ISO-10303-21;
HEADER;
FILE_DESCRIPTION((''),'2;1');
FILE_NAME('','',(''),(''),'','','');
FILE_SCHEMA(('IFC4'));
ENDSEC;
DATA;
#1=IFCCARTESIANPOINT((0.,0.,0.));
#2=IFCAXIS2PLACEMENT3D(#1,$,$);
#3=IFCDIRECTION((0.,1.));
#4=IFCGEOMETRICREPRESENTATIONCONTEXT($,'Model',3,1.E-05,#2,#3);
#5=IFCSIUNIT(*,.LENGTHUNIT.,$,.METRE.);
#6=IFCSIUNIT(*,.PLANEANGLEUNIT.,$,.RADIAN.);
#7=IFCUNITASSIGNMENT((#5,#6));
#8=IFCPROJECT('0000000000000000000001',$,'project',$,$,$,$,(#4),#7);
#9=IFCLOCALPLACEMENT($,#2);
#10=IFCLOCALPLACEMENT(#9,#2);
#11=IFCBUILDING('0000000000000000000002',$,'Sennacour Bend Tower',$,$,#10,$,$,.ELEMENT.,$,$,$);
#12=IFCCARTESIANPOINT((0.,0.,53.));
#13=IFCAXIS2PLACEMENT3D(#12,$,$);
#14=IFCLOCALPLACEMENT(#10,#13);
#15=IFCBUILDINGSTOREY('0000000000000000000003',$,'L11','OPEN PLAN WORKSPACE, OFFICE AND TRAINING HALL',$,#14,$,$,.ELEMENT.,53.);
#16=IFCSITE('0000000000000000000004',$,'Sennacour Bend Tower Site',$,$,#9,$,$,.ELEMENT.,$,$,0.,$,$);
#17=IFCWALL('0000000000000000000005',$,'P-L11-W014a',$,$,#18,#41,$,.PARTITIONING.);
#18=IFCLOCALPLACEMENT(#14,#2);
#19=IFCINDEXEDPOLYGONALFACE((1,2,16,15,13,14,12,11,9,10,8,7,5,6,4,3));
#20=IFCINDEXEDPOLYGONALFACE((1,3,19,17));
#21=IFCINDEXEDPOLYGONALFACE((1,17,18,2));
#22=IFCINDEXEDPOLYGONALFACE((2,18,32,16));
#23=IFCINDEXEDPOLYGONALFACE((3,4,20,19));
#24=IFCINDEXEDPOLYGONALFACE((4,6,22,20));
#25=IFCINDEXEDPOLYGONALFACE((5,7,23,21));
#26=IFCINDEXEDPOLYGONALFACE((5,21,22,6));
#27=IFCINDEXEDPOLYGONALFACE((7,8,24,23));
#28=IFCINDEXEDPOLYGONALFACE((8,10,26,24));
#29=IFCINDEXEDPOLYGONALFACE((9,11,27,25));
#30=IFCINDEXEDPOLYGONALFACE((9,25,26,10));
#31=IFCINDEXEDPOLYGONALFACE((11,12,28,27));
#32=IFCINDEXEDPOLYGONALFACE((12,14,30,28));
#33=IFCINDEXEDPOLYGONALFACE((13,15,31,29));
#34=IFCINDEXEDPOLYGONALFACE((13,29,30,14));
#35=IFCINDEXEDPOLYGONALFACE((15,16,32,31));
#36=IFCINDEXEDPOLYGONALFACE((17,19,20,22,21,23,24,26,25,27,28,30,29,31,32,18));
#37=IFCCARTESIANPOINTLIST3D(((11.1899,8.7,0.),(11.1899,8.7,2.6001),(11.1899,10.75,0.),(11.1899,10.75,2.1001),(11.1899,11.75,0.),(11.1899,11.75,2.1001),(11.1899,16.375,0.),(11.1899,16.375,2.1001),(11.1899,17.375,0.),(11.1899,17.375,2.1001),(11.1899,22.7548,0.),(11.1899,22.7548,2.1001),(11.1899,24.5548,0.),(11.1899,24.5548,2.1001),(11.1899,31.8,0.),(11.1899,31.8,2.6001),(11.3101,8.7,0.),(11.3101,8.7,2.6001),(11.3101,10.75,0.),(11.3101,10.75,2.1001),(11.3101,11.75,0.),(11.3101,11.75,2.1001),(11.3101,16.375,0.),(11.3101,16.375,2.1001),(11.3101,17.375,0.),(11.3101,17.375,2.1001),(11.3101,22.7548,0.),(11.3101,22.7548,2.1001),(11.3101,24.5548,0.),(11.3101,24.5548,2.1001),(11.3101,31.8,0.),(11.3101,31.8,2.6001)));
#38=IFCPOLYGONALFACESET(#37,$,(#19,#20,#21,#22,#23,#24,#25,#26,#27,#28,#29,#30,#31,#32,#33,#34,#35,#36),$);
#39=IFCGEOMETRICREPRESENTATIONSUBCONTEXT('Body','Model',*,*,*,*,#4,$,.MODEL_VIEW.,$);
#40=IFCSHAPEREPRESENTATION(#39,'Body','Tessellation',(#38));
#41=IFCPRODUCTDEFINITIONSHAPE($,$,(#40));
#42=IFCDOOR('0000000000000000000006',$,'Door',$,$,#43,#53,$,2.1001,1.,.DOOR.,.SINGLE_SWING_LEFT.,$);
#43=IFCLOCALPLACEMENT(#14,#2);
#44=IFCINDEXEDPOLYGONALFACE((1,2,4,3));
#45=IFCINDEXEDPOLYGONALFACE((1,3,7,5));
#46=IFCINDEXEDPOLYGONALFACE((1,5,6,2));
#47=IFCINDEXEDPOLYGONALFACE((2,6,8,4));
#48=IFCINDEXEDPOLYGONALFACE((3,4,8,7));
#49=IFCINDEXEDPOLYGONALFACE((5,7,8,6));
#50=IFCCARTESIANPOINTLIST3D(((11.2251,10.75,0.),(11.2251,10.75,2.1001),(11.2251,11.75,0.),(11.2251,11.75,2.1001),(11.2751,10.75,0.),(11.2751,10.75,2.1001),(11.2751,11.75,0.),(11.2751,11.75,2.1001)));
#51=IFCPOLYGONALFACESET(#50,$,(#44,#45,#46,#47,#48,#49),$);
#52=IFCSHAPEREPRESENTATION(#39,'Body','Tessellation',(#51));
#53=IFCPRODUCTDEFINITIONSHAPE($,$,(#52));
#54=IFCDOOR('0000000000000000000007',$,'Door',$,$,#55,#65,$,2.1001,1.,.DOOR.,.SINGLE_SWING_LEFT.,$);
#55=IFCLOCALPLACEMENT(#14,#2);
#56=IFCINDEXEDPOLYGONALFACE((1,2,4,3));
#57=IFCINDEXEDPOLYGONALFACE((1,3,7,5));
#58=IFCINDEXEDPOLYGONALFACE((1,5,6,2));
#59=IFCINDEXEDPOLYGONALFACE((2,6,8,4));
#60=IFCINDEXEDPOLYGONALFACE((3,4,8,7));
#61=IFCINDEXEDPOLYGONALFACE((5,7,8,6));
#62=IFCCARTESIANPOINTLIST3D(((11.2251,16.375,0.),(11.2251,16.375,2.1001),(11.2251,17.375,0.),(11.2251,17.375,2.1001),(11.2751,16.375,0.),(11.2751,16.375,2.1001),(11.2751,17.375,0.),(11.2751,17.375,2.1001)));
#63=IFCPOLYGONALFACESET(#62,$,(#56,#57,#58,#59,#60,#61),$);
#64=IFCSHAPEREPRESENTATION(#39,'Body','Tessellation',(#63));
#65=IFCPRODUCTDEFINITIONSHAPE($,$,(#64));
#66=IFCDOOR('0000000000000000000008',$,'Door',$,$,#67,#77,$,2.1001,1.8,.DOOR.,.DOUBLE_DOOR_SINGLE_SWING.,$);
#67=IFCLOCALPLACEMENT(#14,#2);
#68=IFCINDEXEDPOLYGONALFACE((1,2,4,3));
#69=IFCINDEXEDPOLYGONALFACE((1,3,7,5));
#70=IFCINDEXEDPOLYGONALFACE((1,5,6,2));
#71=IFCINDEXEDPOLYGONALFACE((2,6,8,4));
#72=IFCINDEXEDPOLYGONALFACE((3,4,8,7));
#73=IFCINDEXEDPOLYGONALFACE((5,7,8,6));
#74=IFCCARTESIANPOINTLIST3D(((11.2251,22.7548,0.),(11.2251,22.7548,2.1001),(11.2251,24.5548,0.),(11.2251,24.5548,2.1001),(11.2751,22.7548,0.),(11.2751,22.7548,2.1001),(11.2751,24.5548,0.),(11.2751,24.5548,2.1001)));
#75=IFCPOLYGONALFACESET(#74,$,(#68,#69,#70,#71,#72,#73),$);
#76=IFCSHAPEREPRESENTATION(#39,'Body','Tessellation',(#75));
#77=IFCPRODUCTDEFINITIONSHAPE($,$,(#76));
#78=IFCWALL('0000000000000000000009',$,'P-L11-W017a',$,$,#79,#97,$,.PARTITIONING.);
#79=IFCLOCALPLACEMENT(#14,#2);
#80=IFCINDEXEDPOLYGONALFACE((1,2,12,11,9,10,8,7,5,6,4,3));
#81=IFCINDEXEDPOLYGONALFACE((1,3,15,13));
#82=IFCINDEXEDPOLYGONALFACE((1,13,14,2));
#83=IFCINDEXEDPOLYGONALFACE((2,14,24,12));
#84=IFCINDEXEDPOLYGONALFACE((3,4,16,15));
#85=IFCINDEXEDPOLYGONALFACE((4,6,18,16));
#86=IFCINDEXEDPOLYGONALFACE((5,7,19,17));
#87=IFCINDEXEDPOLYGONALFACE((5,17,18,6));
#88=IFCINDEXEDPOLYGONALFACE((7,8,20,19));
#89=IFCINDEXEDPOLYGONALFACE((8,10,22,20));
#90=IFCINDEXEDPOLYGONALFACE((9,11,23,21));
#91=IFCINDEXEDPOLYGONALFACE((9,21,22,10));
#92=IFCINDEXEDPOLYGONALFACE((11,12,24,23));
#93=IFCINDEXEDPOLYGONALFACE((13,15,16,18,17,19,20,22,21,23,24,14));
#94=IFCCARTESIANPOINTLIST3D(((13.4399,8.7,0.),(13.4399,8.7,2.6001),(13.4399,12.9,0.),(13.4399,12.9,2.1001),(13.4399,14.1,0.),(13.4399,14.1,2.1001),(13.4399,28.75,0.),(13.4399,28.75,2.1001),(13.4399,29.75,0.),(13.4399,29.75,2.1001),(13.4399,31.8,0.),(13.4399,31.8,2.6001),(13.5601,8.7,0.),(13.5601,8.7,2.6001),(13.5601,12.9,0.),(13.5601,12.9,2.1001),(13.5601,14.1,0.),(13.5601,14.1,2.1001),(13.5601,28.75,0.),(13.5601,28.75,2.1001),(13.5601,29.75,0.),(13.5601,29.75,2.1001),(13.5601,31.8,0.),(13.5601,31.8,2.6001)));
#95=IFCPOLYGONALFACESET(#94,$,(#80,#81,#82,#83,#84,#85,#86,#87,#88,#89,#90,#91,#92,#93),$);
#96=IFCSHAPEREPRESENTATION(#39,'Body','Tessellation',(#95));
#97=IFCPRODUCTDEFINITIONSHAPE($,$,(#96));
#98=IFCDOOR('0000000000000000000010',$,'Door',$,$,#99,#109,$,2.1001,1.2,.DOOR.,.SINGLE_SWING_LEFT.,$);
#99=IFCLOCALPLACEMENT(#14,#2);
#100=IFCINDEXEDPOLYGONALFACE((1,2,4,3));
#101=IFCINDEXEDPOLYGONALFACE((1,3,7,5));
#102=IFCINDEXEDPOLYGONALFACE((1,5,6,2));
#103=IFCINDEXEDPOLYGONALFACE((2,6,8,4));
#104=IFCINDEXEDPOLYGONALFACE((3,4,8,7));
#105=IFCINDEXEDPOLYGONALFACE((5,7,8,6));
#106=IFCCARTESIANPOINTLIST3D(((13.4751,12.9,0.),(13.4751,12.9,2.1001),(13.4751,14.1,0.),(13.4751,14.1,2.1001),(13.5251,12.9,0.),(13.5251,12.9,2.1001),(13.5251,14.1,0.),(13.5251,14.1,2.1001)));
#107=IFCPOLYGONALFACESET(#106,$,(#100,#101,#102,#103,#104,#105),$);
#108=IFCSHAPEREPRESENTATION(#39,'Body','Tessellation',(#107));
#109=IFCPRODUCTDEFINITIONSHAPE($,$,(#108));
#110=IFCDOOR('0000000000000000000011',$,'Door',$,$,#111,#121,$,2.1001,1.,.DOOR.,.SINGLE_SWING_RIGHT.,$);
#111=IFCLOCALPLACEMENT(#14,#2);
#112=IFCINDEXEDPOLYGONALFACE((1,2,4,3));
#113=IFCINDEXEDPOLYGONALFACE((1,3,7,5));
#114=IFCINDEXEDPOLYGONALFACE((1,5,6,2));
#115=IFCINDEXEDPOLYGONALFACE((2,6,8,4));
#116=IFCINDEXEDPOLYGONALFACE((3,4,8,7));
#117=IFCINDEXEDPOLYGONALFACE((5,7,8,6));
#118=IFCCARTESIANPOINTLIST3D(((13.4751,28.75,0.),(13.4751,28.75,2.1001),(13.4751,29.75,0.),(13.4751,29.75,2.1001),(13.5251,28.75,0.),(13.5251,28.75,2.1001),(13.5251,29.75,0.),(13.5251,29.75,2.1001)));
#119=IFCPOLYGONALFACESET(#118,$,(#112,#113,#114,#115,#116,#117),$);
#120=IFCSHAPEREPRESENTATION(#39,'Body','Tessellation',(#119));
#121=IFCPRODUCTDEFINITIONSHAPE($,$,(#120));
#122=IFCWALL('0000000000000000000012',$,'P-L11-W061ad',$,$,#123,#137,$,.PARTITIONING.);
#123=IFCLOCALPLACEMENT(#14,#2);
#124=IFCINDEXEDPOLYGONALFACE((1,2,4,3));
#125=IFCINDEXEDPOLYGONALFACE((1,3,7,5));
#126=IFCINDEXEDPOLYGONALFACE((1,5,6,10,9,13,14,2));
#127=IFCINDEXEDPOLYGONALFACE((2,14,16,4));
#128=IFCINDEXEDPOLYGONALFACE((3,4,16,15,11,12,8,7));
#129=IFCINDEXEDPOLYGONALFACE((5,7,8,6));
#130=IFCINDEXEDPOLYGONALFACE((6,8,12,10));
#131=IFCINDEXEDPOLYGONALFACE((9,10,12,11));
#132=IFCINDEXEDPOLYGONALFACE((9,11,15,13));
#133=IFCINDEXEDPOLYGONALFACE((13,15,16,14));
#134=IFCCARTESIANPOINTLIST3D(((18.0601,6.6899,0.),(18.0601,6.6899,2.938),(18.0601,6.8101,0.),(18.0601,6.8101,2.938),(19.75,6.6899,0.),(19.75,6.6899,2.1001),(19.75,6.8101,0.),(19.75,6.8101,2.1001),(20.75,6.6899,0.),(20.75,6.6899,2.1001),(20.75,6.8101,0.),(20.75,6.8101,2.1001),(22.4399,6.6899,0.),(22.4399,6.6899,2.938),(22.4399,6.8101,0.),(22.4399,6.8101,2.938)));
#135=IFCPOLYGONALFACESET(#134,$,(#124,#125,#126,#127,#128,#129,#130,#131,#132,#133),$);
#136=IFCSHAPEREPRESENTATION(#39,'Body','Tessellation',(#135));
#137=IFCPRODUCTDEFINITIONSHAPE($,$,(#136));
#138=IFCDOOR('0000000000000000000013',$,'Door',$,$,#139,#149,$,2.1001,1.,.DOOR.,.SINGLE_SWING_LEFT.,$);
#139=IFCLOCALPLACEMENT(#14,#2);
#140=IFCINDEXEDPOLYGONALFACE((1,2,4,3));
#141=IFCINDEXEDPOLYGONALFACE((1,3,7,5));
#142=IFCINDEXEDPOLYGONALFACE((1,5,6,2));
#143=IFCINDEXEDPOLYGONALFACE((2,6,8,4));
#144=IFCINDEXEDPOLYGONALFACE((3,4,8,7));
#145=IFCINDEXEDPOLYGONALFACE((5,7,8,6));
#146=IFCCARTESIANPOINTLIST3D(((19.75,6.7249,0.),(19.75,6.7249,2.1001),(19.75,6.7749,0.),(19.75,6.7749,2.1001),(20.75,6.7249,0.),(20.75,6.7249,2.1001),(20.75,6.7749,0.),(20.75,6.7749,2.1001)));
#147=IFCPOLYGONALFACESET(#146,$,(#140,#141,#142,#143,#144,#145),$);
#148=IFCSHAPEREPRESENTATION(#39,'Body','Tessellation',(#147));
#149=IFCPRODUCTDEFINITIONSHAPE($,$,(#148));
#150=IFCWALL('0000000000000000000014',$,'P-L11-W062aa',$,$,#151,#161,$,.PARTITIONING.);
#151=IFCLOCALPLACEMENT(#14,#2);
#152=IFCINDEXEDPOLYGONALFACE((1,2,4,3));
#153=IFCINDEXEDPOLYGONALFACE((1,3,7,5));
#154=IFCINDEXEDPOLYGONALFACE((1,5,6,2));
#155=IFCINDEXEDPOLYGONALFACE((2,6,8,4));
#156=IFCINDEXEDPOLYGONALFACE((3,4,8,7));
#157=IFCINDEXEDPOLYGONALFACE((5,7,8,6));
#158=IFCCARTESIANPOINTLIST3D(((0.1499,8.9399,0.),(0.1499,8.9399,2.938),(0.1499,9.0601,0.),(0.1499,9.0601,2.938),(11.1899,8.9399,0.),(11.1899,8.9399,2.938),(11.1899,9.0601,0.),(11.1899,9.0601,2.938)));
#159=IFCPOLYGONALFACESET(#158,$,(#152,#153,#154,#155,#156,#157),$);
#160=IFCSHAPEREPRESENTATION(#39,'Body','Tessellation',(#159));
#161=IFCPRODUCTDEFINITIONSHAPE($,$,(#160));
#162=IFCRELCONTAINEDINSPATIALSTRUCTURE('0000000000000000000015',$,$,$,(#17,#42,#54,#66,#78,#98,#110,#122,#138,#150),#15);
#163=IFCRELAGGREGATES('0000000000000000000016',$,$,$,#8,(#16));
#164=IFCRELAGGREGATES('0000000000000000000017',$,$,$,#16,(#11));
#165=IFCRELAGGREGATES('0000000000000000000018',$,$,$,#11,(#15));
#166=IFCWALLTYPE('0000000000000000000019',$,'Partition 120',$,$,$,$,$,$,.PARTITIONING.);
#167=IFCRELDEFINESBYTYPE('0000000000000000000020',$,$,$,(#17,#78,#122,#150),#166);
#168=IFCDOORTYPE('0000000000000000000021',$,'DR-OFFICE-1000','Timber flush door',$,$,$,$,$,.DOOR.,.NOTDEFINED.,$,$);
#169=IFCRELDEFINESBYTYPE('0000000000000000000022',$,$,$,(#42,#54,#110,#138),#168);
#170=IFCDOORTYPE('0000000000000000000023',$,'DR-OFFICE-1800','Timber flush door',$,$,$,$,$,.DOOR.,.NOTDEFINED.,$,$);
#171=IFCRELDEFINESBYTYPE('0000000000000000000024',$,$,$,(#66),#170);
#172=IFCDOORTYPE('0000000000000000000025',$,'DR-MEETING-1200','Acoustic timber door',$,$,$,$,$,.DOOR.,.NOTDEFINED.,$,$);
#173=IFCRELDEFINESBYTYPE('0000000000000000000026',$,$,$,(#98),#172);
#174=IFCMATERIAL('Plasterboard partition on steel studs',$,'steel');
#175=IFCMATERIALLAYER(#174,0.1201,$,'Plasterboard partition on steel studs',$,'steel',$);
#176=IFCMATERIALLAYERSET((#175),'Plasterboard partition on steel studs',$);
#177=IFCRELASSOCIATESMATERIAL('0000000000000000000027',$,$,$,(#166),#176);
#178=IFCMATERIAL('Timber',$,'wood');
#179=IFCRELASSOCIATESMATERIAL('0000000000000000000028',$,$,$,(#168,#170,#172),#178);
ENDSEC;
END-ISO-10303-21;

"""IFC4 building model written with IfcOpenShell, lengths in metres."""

from ifc_helpers import new_model, si_unit, direction, frame, frame_2d, origin, place, context, subcontext, project, spatial, rectangle, extrude, material, layer, layer_set, type_object, element, fill, save


model = new_model("IFC4")

# Units and contexts
model_context = context("Model", 3, precision=1e-05, world=origin(), true_north=direction((0.0, 1.0)))
body_context = subcontext(model_context, "Body", "Model", "MODEL_VIEW")
ifc_project = project(units=[si_unit("LENGTHUNIT", "METRE"), si_unit("PLANEANGLEUNIT", "RADIAN")], contexts=[model_context])

# Site, building, storey
site_placement = place(None, origin())
site = spatial("IfcSite", under=ifc_project, at=site_placement, Name="Sennacour Bend Tower Site", CompositionType="ELEMENT", RefElevation=0.0)
building_placement = place(site_placement, origin())
building = spatial("IfcBuilding", under=site, at=building_placement, Name="Sennacour Bend Tower", CompositionType="ELEMENT")
storey_placement = place(building_placement, frame((0.0, 0.0, 53.0)))
storey = spatial("IfcBuildingStorey", under=building, at=storey_placement, Name="L11", Description="OPEN PLAN WORKSPACE, OFFICE AND TRAINING HALL", CompositionType="ELEMENT", Elevation=53.0)

# Walls, openings, doors
ifc_material_1 = material(Name="Plasterboard partition on steel studs", Category="steel")
ifc_layer_1 = layer(ifc_material_1, 0.1201, Name="Plasterboard partition on steel studs", Category="steel")
ifc_layer_set_1 = layer_set([ifc_layer_1], Name="Plasterboard partition on steel studs")
wall_type_1 = type_object("IfcWallType", Name="Partition 120", PredefinedType="PARTITIONING", material=ifc_layer_set_1)
wall_1_placement = place(storey_placement, frame((11.25, 8.7, 0.0), z_axis=(0.0, 0.0, 1.0), x_axis=(0.0, 1.0, 0.0)))
wall_1 = element("IfcWall", 1, at=wall_1_placement, inside=storey, type_object=wall_type_1, Name="P-L11-W014a", PredefinedType="PARTITIONING", context=body_context, shape_type="SweptSolid", body=[
    extrude(rectangle(XDim=23.1001, YDim=0.1201, at=frame_2d((11.55, 0.0))), origin(), (0.0, 0.0, 1.0), 2.6001),
])
opening_1_placement = place(wall_1_placement, frame((2.05, 0.0, 0.0)))
opening_1 = element("IfcOpeningElement", 2, at=opening_1_placement, cuts=wall_1, PredefinedType="OPENING", context=body_context, shape_type="SweptSolid", body=[
    extrude(rectangle(XDim=1.0, YDim=2.1001, at=frame_2d((0.5, 1.05))), frame((0.0, 0.0701, 0.0), z_axis=(0.0, -1.0, 0.0), x_axis=(1.0, 0.0, 0.0)), (0.0, 0.0, 1.0), 0.1401),
])
opening_2_placement = place(wall_1_placement, frame((7.675, 0.0, 0.0)))
opening_2 = element("IfcOpeningElement", 3, at=opening_2_placement, cuts=wall_1, PredefinedType="OPENING", context=body_context, shape_type="SweptSolid", body=[
    extrude(rectangle(XDim=1.0, YDim=2.1001, at=frame_2d((0.5, 1.05))), frame((0.0, 0.0701, 0.0), z_axis=(0.0, -1.0, 0.0), x_axis=(1.0, 0.0, 0.0)), (0.0, 0.0, 1.0), 0.1401),
])
opening_3_placement = place(wall_1_placement, frame((14.0549, 0.0, 0.0)))
opening_3 = element("IfcOpeningElement", 4, at=opening_3_placement, cuts=wall_1, PredefinedType="OPENING", context=body_context, shape_type="SweptSolid", body=[
    extrude(rectangle(XDim=1.8, YDim=2.1001, at=frame_2d((0.8999, 1.05))), frame((0.0, 0.0701, 0.0), z_axis=(0.0, -1.0, 0.0), x_axis=(1.0, 0.0, 0.0)), (0.0, 0.0, 1.0), 0.1401),
])
ifc_material_2 = material(Name="Timber", Category="wood")
door_type_1 = type_object("IfcDoorType", Name="DR-OFFICE-1000", Description="Timber flush door", OperationType="NOTDEFINED", PredefinedType="DOOR", material=ifc_material_2)
door_1_placement = place(opening_1_placement, origin())
door_1 = element("IfcDoor", 5, at=door_1_placement, inside=storey, type_object=door_type_1, Name="Door", OperationType="SINGLE_SWING_LEFT", OverallHeight=2.1001, OverallWidth=1.0, PredefinedType="DOOR", context=body_context, shape_type="SweptSolid", body=[
    extrude(rectangle(XDim=1.0, YDim=2.1001, at=frame_2d((0.5, 1.05))), frame((0.0, 0.0249, 0.0), z_axis=(0.0, -1.0, 0.0), x_axis=(1.0, 0.0, 0.0)), (0.0, 0.0, 1.0), 0.05),
])
fill(opening_1, door_1)
door_2_placement = place(opening_2_placement, origin())
door_2 = element("IfcDoor", 6, at=door_2_placement, inside=storey, type_object=door_type_1, Name="Door", OperationType="SINGLE_SWING_LEFT", OverallHeight=2.1001, OverallWidth=1.0, PredefinedType="DOOR", context=body_context, shape_type="SweptSolid", body=[
    extrude(rectangle(XDim=1.0, YDim=2.1001, at=frame_2d((0.5, 1.05))), frame((0.0, 0.0249, 0.0), z_axis=(0.0, -1.0, 0.0), x_axis=(1.0, 0.0, 0.0)), (0.0, 0.0, 1.0), 0.05),
])
fill(opening_2, door_2)
door_type_2 = type_object("IfcDoorType", Name="DR-OFFICE-1800", Description="Timber flush door", OperationType="NOTDEFINED", PredefinedType="DOOR", material=ifc_material_2)
door_3_placement = place(opening_3_placement, origin())
door_3 = element("IfcDoor", 7, at=door_3_placement, inside=storey, type_object=door_type_2, Name="Door", OperationType="DOUBLE_DOOR_SINGLE_SWING", OverallHeight=2.1001, OverallWidth=1.8, PredefinedType="DOOR", context=body_context, shape_type="SweptSolid", body=[
    extrude(rectangle(XDim=1.8, YDim=2.1001, at=frame_2d((0.8999, 1.05))), frame((0.0, 0.0249, 0.0), z_axis=(0.0, -1.0, 0.0), x_axis=(1.0, 0.0, 0.0)), (0.0, 0.0, 1.0), 0.05),
])
fill(opening_3, door_3)
wall_2_placement = place(storey_placement, frame((13.5, 8.7, 0.0), z_axis=(0.0, 0.0, 1.0), x_axis=(0.0, 1.0, 0.0)))
wall_2 = element("IfcWall", 8, at=wall_2_placement, inside=storey, type_object=wall_type_1, Name="P-L11-W017a", PredefinedType="PARTITIONING", context=body_context, shape_type="SweptSolid", body=[
    extrude(rectangle(XDim=23.1001, YDim=0.1201, at=frame_2d((11.55, 0.0))), origin(), (0.0, 0.0, 1.0), 2.6001),
])
opening_4_placement = place(wall_2_placement, frame((20.05, 0.0, 0.0)))
opening_4 = element("IfcOpeningElement", 9, at=opening_4_placement, cuts=wall_2, PredefinedType="OPENING", context=body_context, shape_type="SweptSolid", body=[
    extrude(rectangle(XDim=1.0, YDim=2.1001, at=frame_2d((0.5, 1.05))), frame((0.0, 0.0701, 0.0), z_axis=(0.0, -1.0, 0.0), x_axis=(1.0, 0.0, 0.0)), (0.0, 0.0, 1.0), 0.1401),
])
opening_5_placement = place(wall_2_placement, frame((4.2, 0.0, 0.0)))
opening_5 = element("IfcOpeningElement", 10, at=opening_5_placement, cuts=wall_2, PredefinedType="OPENING", context=body_context, shape_type="SweptSolid", body=[
    extrude(rectangle(XDim=1.2, YDim=2.1001, at=frame_2d((0.6001, 1.05))), frame((0.0, 0.0701, 0.0), z_axis=(0.0, -1.0, 0.0), x_axis=(1.0, 0.0, 0.0)), (0.0, 0.0, 1.0), 0.1401),
])
door_type_3 = type_object("IfcDoorType", Name="DR-MEETING-1200", Description="Acoustic timber door", OperationType="NOTDEFINED", PredefinedType="DOOR", material=ifc_material_2)
door_4_placement = place(opening_5_placement, origin())
door_4 = element("IfcDoor", 11, at=door_4_placement, inside=storey, type_object=door_type_3, Name="Door", OperationType="SINGLE_SWING_LEFT", OverallHeight=2.1001, OverallWidth=1.2, PredefinedType="DOOR", context=body_context, shape_type="SweptSolid", body=[
    extrude(rectangle(XDim=1.2, YDim=2.1001, at=frame_2d((0.6001, 1.05))), frame((0.0, 0.0249, 0.0), z_axis=(0.0, -1.0, 0.0), x_axis=(1.0, 0.0, 0.0)), (0.0, 0.0, 1.0), 0.05),
])
fill(opening_5, door_4)
door_5_placement = place(opening_4_placement, origin())
door_5 = element("IfcDoor", 12, at=door_5_placement, inside=storey, type_object=door_type_1, Name="Door", OperationType="SINGLE_SWING_RIGHT", OverallHeight=2.1001, OverallWidth=1.0, PredefinedType="DOOR", context=body_context, shape_type="SweptSolid", body=[
    extrude(rectangle(XDim=1.0, YDim=2.1001, at=frame_2d((0.5, 1.05))), frame((0.0, 0.0249, 0.0), z_axis=(0.0, -1.0, 0.0), x_axis=(1.0, 0.0, 0.0)), (0.0, 0.0, 1.0), 0.05),
])
fill(opening_4, door_5)

# Wall, opening, door
wall_3_placement = place(storey_placement, frame((18.0601, 6.75, 0.0), z_axis=(0.0, 0.0, 1.0), x_axis=(1.0, 0.0, 0.0)))
wall_3 = element("IfcWall", 13, at=wall_3_placement, inside=storey, type_object=wall_type_1, Name="P-L11-W061ad", PredefinedType="PARTITIONING", context=body_context, shape_type="SweptSolid", body=[
    extrude(rectangle(XDim=4.3799, YDim=0.1201, at=frame_2d((2.1899, 0.0))), origin(), (0.0, 0.0, 1.0), 2.938),
])
opening_6_placement = place(wall_3_placement, frame((1.6899, 0.0, 0.0)))
opening_6 = element("IfcOpeningElement", 14, at=opening_6_placement, cuts=wall_3, PredefinedType="OPENING", context=body_context, shape_type="SweptSolid", body=[
    extrude(rectangle(XDim=1.0, YDim=2.1001, at=frame_2d((0.5, 1.05))), frame((0.0, 0.0701, 0.0), z_axis=(0.0, -1.0, 0.0), x_axis=(1.0, 0.0, 0.0)), (0.0, 0.0, 1.0), 0.1401),
])
door_6_placement = place(opening_6_placement, origin())
door_6 = element("IfcDoor", 15, at=door_6_placement, inside=storey, type_object=door_type_1, Name="Door", OperationType="SINGLE_SWING_LEFT", OverallHeight=2.1001, OverallWidth=1.0, PredefinedType="DOOR", context=body_context, shape_type="SweptSolid", body=[
    extrude(rectangle(XDim=1.0, YDim=2.1001, at=frame_2d((0.5, 1.05))), frame((0.0, 0.0249, 0.0), z_axis=(0.0, -1.0, 0.0), x_axis=(1.0, 0.0, 0.0)), (0.0, 0.0, 1.0), 0.05),
])
fill(opening_6, door_6)

# Wall
wall_4_placement = place(storey_placement, frame((0.1499, 9.0, 0.0), z_axis=(0.0, 0.0, 1.0), x_axis=(1.0, 0.0, 0.0)))
element("IfcWall", 16, at=wall_4_placement, inside=storey, type_object=wall_type_1, Name="P-L11-W062aa", PredefinedType="PARTITIONING", context=body_context, shape_type="SweptSolid", body=[
    extrude(rectangle(XDim=11.04, YDim=0.1201, at=frame_2d((5.52, 0.0))), origin(), (0.0, 0.0, 1.0), 2.938),
])

save(model, "model.ifc")
